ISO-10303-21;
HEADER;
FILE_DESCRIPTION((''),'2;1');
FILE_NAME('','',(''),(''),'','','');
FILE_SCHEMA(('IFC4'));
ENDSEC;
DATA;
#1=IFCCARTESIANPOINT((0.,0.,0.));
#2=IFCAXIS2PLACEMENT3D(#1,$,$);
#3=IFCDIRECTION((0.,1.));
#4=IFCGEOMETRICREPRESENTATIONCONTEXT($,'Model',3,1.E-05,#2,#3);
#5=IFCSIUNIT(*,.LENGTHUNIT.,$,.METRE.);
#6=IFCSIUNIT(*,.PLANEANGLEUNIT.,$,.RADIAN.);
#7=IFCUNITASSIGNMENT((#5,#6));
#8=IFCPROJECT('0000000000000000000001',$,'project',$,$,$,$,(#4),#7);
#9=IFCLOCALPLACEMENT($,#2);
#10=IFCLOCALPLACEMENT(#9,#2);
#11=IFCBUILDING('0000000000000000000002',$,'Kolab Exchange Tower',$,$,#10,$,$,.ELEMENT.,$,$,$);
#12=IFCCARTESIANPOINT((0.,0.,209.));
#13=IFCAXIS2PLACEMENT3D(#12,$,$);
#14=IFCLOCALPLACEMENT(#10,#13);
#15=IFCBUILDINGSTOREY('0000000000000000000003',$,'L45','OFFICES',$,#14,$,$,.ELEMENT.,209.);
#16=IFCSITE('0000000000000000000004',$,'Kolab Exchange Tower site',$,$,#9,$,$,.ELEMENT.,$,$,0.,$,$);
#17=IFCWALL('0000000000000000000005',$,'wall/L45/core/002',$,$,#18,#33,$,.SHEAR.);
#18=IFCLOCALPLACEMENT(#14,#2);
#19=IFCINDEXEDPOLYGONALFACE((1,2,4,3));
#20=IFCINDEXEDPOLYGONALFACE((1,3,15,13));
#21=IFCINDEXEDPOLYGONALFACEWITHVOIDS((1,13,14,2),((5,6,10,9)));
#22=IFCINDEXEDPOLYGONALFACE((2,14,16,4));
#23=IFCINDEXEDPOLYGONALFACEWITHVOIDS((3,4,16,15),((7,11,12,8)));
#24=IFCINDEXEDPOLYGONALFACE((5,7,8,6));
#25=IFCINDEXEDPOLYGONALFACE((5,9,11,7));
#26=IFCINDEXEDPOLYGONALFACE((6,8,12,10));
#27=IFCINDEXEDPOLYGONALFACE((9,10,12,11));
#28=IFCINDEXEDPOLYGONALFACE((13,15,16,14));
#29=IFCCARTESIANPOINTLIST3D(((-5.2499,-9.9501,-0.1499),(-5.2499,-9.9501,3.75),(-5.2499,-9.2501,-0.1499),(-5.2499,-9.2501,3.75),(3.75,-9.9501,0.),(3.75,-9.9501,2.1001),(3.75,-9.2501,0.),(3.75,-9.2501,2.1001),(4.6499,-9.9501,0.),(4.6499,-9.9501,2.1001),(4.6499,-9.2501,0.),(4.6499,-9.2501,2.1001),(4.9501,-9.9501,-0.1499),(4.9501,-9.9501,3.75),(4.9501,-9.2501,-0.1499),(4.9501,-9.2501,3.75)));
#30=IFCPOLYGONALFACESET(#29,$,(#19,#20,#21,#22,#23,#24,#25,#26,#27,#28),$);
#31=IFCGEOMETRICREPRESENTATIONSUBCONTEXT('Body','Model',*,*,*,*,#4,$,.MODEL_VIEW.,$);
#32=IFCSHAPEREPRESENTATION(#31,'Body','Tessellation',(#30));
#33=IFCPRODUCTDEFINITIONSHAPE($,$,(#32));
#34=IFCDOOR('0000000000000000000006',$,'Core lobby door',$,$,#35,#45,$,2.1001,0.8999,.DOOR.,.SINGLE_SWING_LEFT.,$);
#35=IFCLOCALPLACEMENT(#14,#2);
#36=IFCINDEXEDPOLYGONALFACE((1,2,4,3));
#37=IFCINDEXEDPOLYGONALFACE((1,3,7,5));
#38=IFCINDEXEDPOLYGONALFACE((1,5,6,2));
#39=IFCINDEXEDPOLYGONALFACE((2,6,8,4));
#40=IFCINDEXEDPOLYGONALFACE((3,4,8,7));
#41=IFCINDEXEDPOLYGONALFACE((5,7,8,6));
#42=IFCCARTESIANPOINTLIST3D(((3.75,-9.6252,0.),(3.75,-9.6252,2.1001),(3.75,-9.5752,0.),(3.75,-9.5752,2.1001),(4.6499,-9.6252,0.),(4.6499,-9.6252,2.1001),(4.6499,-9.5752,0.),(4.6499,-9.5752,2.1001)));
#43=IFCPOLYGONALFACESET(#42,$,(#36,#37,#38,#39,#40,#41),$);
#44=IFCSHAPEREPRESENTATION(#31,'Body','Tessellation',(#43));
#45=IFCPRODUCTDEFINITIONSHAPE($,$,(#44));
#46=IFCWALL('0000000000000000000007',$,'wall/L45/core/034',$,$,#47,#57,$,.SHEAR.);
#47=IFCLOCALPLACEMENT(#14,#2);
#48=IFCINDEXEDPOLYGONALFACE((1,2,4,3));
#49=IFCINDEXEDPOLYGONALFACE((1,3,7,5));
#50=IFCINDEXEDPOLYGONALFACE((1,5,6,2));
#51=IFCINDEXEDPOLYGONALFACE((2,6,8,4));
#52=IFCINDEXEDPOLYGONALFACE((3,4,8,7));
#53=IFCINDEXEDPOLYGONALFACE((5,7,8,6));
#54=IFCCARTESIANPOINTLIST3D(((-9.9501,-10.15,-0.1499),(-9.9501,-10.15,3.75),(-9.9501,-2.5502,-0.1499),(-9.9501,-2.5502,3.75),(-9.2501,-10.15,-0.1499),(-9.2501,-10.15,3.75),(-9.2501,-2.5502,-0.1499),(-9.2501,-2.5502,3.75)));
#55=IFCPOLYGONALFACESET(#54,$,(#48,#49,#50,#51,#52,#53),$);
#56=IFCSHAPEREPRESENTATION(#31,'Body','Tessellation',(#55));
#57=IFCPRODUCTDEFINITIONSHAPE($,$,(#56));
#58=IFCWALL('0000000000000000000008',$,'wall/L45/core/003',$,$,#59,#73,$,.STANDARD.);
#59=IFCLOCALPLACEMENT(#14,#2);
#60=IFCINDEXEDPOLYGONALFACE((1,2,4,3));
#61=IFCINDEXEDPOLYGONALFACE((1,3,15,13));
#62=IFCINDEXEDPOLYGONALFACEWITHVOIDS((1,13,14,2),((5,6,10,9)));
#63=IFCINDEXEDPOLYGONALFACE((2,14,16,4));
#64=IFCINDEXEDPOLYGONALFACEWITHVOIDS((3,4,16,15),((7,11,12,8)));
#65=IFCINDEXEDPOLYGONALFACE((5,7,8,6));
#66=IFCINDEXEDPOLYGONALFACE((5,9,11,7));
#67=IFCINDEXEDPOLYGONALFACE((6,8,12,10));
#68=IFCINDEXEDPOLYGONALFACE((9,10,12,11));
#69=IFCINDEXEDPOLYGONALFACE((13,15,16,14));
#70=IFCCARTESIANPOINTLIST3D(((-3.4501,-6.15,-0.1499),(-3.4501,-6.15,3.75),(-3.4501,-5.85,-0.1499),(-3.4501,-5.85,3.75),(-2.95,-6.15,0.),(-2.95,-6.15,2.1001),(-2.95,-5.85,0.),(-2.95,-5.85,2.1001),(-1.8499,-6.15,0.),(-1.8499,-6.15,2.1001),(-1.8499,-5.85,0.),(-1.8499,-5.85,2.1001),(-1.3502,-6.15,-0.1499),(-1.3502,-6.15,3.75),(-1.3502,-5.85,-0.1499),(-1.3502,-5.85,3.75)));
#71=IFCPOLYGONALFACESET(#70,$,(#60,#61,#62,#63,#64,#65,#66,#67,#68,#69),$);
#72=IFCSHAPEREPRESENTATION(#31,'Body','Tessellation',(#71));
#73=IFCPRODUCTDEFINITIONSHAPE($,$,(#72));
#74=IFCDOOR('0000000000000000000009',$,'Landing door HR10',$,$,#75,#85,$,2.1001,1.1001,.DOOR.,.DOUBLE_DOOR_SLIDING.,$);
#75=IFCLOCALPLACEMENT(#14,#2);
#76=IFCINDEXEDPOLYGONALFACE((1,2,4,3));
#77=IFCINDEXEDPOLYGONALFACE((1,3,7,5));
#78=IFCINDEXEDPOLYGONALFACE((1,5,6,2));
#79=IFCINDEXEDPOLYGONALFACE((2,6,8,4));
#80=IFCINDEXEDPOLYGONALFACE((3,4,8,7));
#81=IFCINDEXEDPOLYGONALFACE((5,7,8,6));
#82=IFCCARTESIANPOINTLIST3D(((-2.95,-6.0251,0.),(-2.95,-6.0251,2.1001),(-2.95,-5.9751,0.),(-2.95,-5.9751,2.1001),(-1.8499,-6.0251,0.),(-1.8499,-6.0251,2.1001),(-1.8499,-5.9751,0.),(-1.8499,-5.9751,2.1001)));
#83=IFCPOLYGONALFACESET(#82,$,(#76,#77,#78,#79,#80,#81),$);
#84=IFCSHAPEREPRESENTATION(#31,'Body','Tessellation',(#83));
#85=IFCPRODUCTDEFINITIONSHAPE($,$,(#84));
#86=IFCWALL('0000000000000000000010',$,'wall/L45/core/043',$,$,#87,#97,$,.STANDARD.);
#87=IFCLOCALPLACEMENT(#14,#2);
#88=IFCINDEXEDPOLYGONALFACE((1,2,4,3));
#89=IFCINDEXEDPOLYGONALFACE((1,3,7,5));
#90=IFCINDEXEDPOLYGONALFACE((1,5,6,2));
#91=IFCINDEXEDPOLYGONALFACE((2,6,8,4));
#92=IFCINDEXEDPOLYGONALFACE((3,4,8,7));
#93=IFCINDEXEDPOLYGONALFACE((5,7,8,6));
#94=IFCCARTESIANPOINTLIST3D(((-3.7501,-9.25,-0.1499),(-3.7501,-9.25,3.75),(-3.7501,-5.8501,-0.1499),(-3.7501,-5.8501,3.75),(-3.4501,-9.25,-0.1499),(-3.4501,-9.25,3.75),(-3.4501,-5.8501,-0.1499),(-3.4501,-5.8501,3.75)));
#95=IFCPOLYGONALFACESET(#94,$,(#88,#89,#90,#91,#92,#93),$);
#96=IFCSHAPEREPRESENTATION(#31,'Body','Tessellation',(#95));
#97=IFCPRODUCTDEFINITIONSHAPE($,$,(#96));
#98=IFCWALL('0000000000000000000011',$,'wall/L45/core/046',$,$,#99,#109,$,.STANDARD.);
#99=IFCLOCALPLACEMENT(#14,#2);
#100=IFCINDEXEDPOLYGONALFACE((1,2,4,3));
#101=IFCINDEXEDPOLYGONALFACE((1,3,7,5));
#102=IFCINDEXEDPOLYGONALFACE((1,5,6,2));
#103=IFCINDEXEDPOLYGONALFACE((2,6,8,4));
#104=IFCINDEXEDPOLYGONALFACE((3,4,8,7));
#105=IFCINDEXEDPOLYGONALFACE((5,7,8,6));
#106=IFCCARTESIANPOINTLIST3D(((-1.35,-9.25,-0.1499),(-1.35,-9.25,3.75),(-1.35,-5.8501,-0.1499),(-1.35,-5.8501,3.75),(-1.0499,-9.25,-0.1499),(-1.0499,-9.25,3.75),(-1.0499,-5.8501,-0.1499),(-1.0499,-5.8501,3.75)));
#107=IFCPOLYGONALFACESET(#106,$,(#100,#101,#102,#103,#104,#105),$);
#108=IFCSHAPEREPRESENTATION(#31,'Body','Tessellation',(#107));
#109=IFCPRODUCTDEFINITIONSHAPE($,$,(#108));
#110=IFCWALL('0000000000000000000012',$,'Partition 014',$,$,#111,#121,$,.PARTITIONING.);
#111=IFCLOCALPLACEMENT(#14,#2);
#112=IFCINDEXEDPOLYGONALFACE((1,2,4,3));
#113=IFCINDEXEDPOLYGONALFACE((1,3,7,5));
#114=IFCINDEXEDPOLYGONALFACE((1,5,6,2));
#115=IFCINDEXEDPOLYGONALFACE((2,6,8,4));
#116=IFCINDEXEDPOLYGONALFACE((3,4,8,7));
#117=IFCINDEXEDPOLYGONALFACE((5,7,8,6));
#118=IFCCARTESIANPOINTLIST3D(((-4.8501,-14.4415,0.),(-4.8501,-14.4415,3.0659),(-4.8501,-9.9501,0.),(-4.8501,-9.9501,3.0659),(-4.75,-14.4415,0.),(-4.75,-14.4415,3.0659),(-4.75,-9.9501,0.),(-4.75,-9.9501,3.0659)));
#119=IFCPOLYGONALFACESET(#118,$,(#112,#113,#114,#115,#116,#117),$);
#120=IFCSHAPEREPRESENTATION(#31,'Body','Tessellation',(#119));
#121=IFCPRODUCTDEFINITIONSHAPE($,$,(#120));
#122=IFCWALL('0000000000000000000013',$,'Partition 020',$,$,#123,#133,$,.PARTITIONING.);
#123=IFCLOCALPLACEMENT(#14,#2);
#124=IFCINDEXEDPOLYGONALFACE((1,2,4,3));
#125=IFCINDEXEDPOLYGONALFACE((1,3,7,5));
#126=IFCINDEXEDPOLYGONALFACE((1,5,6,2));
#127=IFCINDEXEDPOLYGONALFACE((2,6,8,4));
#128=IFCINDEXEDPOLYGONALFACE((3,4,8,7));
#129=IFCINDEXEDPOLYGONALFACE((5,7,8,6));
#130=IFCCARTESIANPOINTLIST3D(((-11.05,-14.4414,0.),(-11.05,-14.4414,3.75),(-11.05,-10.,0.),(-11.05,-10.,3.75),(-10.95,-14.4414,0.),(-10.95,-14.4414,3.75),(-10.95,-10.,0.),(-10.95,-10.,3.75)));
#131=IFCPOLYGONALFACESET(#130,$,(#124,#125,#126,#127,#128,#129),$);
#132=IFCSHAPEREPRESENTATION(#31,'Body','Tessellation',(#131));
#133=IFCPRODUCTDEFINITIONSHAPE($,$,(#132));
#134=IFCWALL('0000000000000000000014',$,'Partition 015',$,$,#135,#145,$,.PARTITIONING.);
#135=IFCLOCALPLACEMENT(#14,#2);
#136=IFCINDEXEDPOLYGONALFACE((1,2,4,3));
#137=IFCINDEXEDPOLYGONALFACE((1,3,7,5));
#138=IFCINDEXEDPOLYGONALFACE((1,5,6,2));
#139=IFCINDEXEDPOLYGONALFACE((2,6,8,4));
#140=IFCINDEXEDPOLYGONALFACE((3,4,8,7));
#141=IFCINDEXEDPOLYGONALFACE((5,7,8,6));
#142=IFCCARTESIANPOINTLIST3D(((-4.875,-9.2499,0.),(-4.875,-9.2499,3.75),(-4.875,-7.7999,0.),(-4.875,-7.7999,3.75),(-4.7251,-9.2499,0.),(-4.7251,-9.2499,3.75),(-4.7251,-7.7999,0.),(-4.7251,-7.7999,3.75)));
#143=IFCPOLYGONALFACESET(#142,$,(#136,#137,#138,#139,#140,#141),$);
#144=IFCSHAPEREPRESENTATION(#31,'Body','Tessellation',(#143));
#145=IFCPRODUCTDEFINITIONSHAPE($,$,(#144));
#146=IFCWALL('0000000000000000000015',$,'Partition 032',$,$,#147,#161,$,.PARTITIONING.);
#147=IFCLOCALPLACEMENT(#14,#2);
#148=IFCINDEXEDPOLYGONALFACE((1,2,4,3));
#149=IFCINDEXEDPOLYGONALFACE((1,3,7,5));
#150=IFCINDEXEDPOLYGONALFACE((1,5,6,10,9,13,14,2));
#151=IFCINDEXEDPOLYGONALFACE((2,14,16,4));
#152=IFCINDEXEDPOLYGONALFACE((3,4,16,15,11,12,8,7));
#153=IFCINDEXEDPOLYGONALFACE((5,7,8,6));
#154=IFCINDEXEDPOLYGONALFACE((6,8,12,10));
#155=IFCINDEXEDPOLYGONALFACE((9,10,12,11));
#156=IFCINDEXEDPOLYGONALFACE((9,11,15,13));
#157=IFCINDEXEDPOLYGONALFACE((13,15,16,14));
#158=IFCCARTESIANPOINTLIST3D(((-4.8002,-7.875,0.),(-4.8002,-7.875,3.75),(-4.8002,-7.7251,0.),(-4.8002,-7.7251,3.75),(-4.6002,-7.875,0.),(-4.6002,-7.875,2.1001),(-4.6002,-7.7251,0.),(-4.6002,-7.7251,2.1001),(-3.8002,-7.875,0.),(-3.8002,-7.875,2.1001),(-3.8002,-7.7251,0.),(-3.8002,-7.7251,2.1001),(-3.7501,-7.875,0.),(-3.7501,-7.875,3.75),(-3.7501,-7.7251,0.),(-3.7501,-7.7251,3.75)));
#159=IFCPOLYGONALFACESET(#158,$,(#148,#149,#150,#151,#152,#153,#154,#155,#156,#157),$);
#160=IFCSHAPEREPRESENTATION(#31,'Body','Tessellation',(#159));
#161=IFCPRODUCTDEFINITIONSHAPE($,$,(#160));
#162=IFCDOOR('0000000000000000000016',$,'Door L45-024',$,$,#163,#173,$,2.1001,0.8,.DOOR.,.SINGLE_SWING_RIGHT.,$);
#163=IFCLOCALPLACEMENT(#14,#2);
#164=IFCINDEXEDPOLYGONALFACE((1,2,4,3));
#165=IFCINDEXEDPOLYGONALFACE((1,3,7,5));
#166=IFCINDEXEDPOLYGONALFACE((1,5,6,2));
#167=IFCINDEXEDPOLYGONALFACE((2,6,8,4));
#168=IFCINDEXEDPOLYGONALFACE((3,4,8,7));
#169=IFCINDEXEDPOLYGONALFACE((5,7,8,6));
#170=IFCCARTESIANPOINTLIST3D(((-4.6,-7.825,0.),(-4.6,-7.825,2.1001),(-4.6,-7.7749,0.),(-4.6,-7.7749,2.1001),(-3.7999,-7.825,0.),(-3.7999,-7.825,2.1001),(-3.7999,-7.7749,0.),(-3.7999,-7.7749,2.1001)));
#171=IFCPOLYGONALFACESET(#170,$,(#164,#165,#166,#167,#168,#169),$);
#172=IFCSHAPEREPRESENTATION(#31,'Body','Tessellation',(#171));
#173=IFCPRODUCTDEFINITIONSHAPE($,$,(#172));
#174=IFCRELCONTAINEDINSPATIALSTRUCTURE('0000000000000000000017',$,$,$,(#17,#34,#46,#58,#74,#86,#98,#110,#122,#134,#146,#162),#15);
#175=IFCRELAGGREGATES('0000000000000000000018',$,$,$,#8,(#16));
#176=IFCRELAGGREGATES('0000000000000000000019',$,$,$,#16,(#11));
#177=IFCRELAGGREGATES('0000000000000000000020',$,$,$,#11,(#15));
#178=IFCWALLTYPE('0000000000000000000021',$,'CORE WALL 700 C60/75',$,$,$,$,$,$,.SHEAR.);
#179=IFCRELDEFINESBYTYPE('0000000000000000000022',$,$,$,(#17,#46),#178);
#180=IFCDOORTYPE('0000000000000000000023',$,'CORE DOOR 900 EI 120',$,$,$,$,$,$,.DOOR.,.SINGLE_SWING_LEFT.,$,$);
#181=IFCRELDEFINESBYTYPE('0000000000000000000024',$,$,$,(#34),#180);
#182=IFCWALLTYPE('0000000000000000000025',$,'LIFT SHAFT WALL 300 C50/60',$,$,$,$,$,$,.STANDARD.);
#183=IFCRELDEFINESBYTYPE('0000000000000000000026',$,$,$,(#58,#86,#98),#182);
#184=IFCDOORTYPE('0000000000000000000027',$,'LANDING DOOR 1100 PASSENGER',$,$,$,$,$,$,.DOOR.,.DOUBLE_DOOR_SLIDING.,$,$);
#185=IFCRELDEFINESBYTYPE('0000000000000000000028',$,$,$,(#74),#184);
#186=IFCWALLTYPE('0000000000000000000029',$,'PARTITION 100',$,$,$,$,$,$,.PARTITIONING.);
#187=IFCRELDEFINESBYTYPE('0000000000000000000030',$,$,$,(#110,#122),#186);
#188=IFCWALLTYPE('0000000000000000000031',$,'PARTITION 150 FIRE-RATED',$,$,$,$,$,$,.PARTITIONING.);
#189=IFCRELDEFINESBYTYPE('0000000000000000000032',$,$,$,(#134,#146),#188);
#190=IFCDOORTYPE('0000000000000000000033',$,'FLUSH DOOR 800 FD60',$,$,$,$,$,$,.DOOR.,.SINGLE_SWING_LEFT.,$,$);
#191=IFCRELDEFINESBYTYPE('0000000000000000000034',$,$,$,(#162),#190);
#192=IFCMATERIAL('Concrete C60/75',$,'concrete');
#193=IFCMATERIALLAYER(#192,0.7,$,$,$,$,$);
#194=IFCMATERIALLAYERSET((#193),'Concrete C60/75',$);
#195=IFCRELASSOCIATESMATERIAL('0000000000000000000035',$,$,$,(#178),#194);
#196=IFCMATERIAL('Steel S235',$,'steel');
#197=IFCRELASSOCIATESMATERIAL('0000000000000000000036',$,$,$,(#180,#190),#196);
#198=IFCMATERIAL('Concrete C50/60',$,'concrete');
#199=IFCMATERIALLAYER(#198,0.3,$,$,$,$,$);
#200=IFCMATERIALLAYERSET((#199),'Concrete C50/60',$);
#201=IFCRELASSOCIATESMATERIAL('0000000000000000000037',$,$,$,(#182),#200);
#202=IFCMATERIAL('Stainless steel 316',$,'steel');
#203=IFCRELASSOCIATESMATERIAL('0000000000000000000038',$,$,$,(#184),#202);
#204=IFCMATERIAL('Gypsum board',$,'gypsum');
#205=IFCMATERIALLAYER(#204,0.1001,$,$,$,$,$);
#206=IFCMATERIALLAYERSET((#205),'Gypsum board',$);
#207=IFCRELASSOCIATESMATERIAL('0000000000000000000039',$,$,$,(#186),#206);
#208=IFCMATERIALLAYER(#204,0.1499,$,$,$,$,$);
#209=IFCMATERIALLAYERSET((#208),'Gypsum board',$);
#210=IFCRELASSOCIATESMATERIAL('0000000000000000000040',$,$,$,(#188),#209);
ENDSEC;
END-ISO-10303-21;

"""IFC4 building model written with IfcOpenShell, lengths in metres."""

from ifc_helpers import new_model, si_unit, direction, frame, frame_2d, origin, place, context, subcontext, project, spatial, rectangle, extrude, material, layer, layer_set, type_object, element, fill, save


model = new_model("IFC4")

# Units and contexts
model_context = context("Model", 3, precision=1e-05, world=origin(), true_north=direction((0.0, 1.0)))
body_context = subcontext(model_context, "Body", "Model", "MODEL_VIEW")
ifc_project = project(units=[si_unit("LENGTHUNIT", "METRE"), si_unit("PLANEANGLEUNIT", "RADIAN")], contexts=[model_context])

# Site, building, storey
site_placement = place(None, origin())
site = spatial("IfcSite", under=ifc_project, at=site_placement, Name="Kolab Exchange Tower site", CompositionType="ELEMENT", RefElevation=0.0)
building_placement = place(site_placement, origin())
building = spatial("IfcBuilding", under=site, at=building_placement, Name="Kolab Exchange Tower", CompositionType="ELEMENT")
storey_placement = place(building_placement, frame((0.0, 0.0, 209.0)))
storey = spatial("IfcBuildingStorey", under=building, at=storey_placement, Name="L45", Description="OFFICES", CompositionType="ELEMENT", Elevation=209.0)

# Wall, opening, door
ifc_material_1 = material(Name="Concrete C60/75", Category="concrete")
ifc_layer_1 = layer(ifc_material_1, 0.7)
ifc_layer_set_1 = layer_set([ifc_layer_1], Name="Concrete C60/75")
wall_type_1 = type_object("IfcWallType", Name="CORE WALL 700 C60/75", PredefinedType="SHEAR", material=ifc_layer_set_1)
wall_1_placement = place(storey_placement, frame((-5.25, -9.6001, -0.1499), z_axis=(0.0, 0.0, 1.0), x_axis=(1.0, 0.0, 0.0)))
wall_1 = element("IfcWall", 1, at=wall_1_placement, inside=storey, type_object=wall_type_1, Name="wall/L45/core/002", PredefinedType="SHEAR", context=body_context, shape_type="SweptSolid", body=[
    extrude(rectangle(XDim=10.2, YDim=0.7, at=frame_2d((5.1001, 0.0))), origin(), (0.0, 0.0, 1.0), 3.8999),
])
opening_1_placement = place(wall_1_placement, frame((9.0, 0.0, 0.1499)))
opening_1 = element("IfcOpeningElement", 2, at=opening_1_placement, cuts=wall_1, PredefinedType="OPENING", context=body_context, shape_type="SweptSolid", body=[
    extrude(rectangle(XDim=0.8999, YDim=2.1001, at=frame_2d((0.45, 1.05))), frame((0.0, 0.3599, 0.0), z_axis=(0.0, -1.0, 0.0), x_axis=(1.0, 0.0, 0.0)), (0.0, 0.0, 1.0), 0.72),
])
ifc_material_2 = material(Name="Steel S235", Category="steel")
door_type_1 = type_object("IfcDoorType", Name="CORE DOOR 900 EI 120", OperationType="SINGLE_SWING_LEFT", PredefinedType="DOOR", material=ifc_material_2)
door_1_placement = place(opening_1_placement, origin())
door_1 = element("IfcDoor", 3, at=door_1_placement, inside=storey, type_object=door_type_1, Name="Core lobby door", OperationType="SINGLE_SWING_LEFT", OverallHeight=2.1001, OverallWidth=0.8999, PredefinedType="DOOR", context=body_context, shape_type="SweptSolid", body=[
    extrude(rectangle(XDim=0.8999, YDim=2.1001, at=frame_2d((0.45, 1.05))), frame((0.0, 0.0249, 0.0), z_axis=(0.0, -1.0, 0.0), x_axis=(1.0, 0.0, 0.0)), (0.0, 0.0, 1.0), 0.05),
])
fill(opening_1, door_1)

# Wall
wall_2_placement = place(storey_placement, frame((-9.6001, -10.1499, -0.1499), z_axis=(0.0, 0.0, 1.0), x_axis=(0.0, 1.0, 0.0)))
element("IfcWall", 4, at=wall_2_placement, inside=storey, type_object=wall_type_1, Name="wall/L45/core/034", PredefinedType="SHEAR", context=body_context, shape_type="SweptSolid", body=[
    extrude(rectangle(XDim=7.5999, YDim=0.7, at=frame_2d((3.7998, 0.0))), origin(), (0.0, 0.0, 1.0), 3.8999),
])

# Wall, opening, door
ifc_material_3 = material(Name="Concrete C50/60", Category="concrete")
ifc_layer_2 = layer(ifc_material_3, 0.3)
ifc_layer_set_2 = layer_set([ifc_layer_2], Name="Concrete C50/60")
wall_type_2 = type_object("IfcWallType", Name="LIFT SHAFT WALL 300 C50/60", PredefinedType="STANDARD", material=ifc_layer_set_2)
wall_3_placement = place(storey_placement, frame((-3.45, -6.0, -0.1499), z_axis=(0.0, 0.0, 1.0), x_axis=(1.0, 0.0, 0.0)))
wall_3 = element("IfcWall", 5, at=wall_3_placement, inside=storey, type_object=wall_type_2, Name="wall/L45/core/003", PredefinedType="STANDARD", context=body_context, shape_type="SweptSolid", body=[
    extrude(rectangle(XDim=2.0999, YDim=0.3, at=frame_2d((1.0498, 0.0))), origin(), (0.0, 0.0, 1.0), 3.8999),
])
opening_2_placement = place(wall_3_placement, frame((0.5, 0.0, 0.1499)))
opening_2 = element("IfcOpeningElement", 6, at=opening_2_placement, cuts=wall_3, PredefinedType="OPENING", context=body_context, shape_type="SweptSolid", body=[
    extrude(rectangle(XDim=1.1001, YDim=2.1001, at=frame_2d((0.55, 1.05))), frame((0.0, 0.1602, 0.0), z_axis=(0.0, -1.0, 0.0), x_axis=(1.0, 0.0, 0.0)), (0.0, 0.0, 1.0), 0.3201),
])
ifc_material_4 = material(Name="Stainless steel 316", Category="steel")
door_type_2 = type_object("IfcDoorType", Name="LANDING DOOR 1100 PASSENGER", OperationType="DOUBLE_DOOR_SLIDING", PredefinedType="DOOR", material=ifc_material_4)
door_2_placement = place(opening_2_placement, origin())
door_2 = element("IfcDoor", 7, at=door_2_placement, inside=storey, type_object=door_type_2, Name="Landing door HR10", OperationType="DOUBLE_DOOR_SLIDING", OverallHeight=2.1001, OverallWidth=1.1001, PredefinedType="DOOR", context=body_context, shape_type="SweptSolid", body=[
    extrude(rectangle(XDim=1.1001, YDim=2.1001, at=frame_2d((0.55, 1.05))), frame((0.0, 0.0249, 0.0), z_axis=(0.0, -1.0, 0.0), x_axis=(1.0, 0.0, 0.0)), (0.0, 0.0, 1.0), 0.05),
])
fill(opening_2, door_2)

# Walls
for number, where, z_axis, x_axis, name in (
    (8, (-3.6001, -9.25, -0.1499), (0.0, 0.0, 1.0), (0.0, 1.0, 0.0), "wall/L45/core/043"),
    (9, (-1.2, -9.25, -0.1499), (0.0, 0.0, 1.0), (0.0, 1.0, 0.0), "wall/L45/core/046"),
):
    element("IfcWall", number, at=place(storey_placement, frame(where, z_axis=z_axis, x_axis=x_axis)), inside=storey, type_object=wall_type_2, Name=name, PredefinedType="STANDARD", context=body_context, shape_type="SweptSolid", body=[
        extrude(rectangle(XDim=3.3999, YDim=0.3, at=frame_2d((1.7, 0.0))), origin(), (0.0, 0.0, 1.0), 3.8999),
    ])
ifc_material_5 = material(Name="Gypsum board", Category="gypsum")
ifc_layer_3 = layer(ifc_material_5, 0.1001)
ifc_layer_set_3 = layer_set([ifc_layer_3], Name="Gypsum board")
wall_type_3 = type_object("IfcWallType", Name="PARTITION 100", PredefinedType="PARTITIONING", material=ifc_layer_set_3)
wall_4_placement = place(storey_placement, frame((-4.8, -14.4414, 0.0), z_axis=(0.0, 0.0, 1.0), x_axis=(0.0, 1.0, 0.0)))
element("IfcWall", 10, at=wall_4_placement, inside=storey, type_object=wall_type_3, Name="Partition 014", PredefinedType="PARTITIONING", context=body_context, shape_type="SweptSolid", body=[
    extrude(rectangle(XDim=4.4915, YDim=0.1001, at=frame_2d((2.2456, 0.0))), origin(), (0.0, 0.0, 1.0), 3.0659),
])
wall_5_placement = place(storey_placement, frame((-11.0, -14.4414, 0.0), z_axis=(0.0, 0.0, 1.0), x_axis=(0.0, 1.0, 0.0)))
element("IfcWall", 11, at=wall_5_placement, inside=storey, type_object=wall_type_3, Name="Partition 020", PredefinedType="PARTITIONING", context=body_context, shape_type="SweptSolid", body=[
    extrude(rectangle(XDim=4.4414, YDim=0.1001, at=frame_2d((2.2207, 0.0))), origin(), (0.0, 0.0, 1.0), 3.75),
])
ifc_layer_4 = layer(ifc_material_5, 0.1499)
ifc_layer_set_4 = layer_set([ifc_layer_4], Name="Gypsum board")
wall_type_4 = type_object("IfcWallType", Name="PARTITION 150 FIRE-RATED", PredefinedType="PARTITIONING", material=ifc_layer_set_4)
wall_6_placement = place(storey_placement, frame((-4.8, -9.25, 0.0), z_axis=(0.0, 0.0, 1.0), x_axis=(0.0, 1.0, 0.0)))
element("IfcWall", 12, at=wall_6_placement, inside=storey, type_object=wall_type_4, Name="Partition 015", PredefinedType="PARTITIONING", context=body_context, shape_type="SweptSolid", body=[
    extrude(rectangle(XDim=1.45, YDim=0.1499, at=frame_2d((0.7251, 0.0))), origin(), (0.0, 0.0, 1.0), 3.75),
])

# Wall, opening, door
wall_7_placement = place(storey_placement, frame((-4.8, -7.8, 0.0), z_axis=(0.0, 0.0, 1.0), x_axis=(1.0, 0.0, 0.0)))
wall_7 = element("IfcWall", 13, at=wall_7_placement, inside=storey, type_object=wall_type_4, Name="Partition 032", PredefinedType="PARTITIONING", context=body_context, shape_type="SweptSolid", body=[
    extrude(rectangle(XDim=1.05, YDim=0.1499, at=frame_2d((0.5249, 0.0))), origin(), (0.0, 0.0, 1.0), 3.75),
])
opening_3_placement = place(wall_7_placement, frame((0.2, 0.0, 0.0)))
opening_3 = element("IfcOpeningElement", 14, at=opening_3_placement, cuts=wall_7, PredefinedType="OPENING", context=body_context, shape_type="SweptSolid", body=[
    extrude(rectangle(XDim=0.8, YDim=2.1001, at=frame_2d((0.3999, 1.05))), frame((0.0, 0.085, 0.0), z_axis=(0.0, -1.0, 0.0), x_axis=(1.0, 0.0, 0.0)), (0.0, 0.0, 1.0), 0.1699),
])
door_type_3 = type_object("IfcDoorType", Name="FLUSH DOOR 800 FD60", OperationType="SINGLE_SWING_LEFT", PredefinedType="DOOR", material=ifc_material_2)
door_3_placement = place(opening_3_placement, frame((0.8, 0.0, 0.0), z_axis=(0.0, 0.0, 1.0), x_axis=(-1.0, 0.0, 0.0)))
door_3 = element("IfcDoor", 15, at=door_3_placement, inside=storey, type_object=door_type_3, Name="Door L45-024", OperationType="SINGLE_SWING_RIGHT", OverallHeight=2.1001, OverallWidth=0.8, PredefinedType="DOOR", context=body_context, shape_type="SweptSolid", body=[
    extrude(rectangle(XDim=0.8, YDim=2.1001, at=frame_2d((0.3999, 1.05))), frame((0.0, 0.0249, 0.0), z_axis=(0.0, -1.0, 0.0), x_axis=(1.0, 0.0, 0.0)), (0.0, 0.0, 1.0), 0.05),
])
fill(opening_3, door_3)

save(model, "model.ifc")
